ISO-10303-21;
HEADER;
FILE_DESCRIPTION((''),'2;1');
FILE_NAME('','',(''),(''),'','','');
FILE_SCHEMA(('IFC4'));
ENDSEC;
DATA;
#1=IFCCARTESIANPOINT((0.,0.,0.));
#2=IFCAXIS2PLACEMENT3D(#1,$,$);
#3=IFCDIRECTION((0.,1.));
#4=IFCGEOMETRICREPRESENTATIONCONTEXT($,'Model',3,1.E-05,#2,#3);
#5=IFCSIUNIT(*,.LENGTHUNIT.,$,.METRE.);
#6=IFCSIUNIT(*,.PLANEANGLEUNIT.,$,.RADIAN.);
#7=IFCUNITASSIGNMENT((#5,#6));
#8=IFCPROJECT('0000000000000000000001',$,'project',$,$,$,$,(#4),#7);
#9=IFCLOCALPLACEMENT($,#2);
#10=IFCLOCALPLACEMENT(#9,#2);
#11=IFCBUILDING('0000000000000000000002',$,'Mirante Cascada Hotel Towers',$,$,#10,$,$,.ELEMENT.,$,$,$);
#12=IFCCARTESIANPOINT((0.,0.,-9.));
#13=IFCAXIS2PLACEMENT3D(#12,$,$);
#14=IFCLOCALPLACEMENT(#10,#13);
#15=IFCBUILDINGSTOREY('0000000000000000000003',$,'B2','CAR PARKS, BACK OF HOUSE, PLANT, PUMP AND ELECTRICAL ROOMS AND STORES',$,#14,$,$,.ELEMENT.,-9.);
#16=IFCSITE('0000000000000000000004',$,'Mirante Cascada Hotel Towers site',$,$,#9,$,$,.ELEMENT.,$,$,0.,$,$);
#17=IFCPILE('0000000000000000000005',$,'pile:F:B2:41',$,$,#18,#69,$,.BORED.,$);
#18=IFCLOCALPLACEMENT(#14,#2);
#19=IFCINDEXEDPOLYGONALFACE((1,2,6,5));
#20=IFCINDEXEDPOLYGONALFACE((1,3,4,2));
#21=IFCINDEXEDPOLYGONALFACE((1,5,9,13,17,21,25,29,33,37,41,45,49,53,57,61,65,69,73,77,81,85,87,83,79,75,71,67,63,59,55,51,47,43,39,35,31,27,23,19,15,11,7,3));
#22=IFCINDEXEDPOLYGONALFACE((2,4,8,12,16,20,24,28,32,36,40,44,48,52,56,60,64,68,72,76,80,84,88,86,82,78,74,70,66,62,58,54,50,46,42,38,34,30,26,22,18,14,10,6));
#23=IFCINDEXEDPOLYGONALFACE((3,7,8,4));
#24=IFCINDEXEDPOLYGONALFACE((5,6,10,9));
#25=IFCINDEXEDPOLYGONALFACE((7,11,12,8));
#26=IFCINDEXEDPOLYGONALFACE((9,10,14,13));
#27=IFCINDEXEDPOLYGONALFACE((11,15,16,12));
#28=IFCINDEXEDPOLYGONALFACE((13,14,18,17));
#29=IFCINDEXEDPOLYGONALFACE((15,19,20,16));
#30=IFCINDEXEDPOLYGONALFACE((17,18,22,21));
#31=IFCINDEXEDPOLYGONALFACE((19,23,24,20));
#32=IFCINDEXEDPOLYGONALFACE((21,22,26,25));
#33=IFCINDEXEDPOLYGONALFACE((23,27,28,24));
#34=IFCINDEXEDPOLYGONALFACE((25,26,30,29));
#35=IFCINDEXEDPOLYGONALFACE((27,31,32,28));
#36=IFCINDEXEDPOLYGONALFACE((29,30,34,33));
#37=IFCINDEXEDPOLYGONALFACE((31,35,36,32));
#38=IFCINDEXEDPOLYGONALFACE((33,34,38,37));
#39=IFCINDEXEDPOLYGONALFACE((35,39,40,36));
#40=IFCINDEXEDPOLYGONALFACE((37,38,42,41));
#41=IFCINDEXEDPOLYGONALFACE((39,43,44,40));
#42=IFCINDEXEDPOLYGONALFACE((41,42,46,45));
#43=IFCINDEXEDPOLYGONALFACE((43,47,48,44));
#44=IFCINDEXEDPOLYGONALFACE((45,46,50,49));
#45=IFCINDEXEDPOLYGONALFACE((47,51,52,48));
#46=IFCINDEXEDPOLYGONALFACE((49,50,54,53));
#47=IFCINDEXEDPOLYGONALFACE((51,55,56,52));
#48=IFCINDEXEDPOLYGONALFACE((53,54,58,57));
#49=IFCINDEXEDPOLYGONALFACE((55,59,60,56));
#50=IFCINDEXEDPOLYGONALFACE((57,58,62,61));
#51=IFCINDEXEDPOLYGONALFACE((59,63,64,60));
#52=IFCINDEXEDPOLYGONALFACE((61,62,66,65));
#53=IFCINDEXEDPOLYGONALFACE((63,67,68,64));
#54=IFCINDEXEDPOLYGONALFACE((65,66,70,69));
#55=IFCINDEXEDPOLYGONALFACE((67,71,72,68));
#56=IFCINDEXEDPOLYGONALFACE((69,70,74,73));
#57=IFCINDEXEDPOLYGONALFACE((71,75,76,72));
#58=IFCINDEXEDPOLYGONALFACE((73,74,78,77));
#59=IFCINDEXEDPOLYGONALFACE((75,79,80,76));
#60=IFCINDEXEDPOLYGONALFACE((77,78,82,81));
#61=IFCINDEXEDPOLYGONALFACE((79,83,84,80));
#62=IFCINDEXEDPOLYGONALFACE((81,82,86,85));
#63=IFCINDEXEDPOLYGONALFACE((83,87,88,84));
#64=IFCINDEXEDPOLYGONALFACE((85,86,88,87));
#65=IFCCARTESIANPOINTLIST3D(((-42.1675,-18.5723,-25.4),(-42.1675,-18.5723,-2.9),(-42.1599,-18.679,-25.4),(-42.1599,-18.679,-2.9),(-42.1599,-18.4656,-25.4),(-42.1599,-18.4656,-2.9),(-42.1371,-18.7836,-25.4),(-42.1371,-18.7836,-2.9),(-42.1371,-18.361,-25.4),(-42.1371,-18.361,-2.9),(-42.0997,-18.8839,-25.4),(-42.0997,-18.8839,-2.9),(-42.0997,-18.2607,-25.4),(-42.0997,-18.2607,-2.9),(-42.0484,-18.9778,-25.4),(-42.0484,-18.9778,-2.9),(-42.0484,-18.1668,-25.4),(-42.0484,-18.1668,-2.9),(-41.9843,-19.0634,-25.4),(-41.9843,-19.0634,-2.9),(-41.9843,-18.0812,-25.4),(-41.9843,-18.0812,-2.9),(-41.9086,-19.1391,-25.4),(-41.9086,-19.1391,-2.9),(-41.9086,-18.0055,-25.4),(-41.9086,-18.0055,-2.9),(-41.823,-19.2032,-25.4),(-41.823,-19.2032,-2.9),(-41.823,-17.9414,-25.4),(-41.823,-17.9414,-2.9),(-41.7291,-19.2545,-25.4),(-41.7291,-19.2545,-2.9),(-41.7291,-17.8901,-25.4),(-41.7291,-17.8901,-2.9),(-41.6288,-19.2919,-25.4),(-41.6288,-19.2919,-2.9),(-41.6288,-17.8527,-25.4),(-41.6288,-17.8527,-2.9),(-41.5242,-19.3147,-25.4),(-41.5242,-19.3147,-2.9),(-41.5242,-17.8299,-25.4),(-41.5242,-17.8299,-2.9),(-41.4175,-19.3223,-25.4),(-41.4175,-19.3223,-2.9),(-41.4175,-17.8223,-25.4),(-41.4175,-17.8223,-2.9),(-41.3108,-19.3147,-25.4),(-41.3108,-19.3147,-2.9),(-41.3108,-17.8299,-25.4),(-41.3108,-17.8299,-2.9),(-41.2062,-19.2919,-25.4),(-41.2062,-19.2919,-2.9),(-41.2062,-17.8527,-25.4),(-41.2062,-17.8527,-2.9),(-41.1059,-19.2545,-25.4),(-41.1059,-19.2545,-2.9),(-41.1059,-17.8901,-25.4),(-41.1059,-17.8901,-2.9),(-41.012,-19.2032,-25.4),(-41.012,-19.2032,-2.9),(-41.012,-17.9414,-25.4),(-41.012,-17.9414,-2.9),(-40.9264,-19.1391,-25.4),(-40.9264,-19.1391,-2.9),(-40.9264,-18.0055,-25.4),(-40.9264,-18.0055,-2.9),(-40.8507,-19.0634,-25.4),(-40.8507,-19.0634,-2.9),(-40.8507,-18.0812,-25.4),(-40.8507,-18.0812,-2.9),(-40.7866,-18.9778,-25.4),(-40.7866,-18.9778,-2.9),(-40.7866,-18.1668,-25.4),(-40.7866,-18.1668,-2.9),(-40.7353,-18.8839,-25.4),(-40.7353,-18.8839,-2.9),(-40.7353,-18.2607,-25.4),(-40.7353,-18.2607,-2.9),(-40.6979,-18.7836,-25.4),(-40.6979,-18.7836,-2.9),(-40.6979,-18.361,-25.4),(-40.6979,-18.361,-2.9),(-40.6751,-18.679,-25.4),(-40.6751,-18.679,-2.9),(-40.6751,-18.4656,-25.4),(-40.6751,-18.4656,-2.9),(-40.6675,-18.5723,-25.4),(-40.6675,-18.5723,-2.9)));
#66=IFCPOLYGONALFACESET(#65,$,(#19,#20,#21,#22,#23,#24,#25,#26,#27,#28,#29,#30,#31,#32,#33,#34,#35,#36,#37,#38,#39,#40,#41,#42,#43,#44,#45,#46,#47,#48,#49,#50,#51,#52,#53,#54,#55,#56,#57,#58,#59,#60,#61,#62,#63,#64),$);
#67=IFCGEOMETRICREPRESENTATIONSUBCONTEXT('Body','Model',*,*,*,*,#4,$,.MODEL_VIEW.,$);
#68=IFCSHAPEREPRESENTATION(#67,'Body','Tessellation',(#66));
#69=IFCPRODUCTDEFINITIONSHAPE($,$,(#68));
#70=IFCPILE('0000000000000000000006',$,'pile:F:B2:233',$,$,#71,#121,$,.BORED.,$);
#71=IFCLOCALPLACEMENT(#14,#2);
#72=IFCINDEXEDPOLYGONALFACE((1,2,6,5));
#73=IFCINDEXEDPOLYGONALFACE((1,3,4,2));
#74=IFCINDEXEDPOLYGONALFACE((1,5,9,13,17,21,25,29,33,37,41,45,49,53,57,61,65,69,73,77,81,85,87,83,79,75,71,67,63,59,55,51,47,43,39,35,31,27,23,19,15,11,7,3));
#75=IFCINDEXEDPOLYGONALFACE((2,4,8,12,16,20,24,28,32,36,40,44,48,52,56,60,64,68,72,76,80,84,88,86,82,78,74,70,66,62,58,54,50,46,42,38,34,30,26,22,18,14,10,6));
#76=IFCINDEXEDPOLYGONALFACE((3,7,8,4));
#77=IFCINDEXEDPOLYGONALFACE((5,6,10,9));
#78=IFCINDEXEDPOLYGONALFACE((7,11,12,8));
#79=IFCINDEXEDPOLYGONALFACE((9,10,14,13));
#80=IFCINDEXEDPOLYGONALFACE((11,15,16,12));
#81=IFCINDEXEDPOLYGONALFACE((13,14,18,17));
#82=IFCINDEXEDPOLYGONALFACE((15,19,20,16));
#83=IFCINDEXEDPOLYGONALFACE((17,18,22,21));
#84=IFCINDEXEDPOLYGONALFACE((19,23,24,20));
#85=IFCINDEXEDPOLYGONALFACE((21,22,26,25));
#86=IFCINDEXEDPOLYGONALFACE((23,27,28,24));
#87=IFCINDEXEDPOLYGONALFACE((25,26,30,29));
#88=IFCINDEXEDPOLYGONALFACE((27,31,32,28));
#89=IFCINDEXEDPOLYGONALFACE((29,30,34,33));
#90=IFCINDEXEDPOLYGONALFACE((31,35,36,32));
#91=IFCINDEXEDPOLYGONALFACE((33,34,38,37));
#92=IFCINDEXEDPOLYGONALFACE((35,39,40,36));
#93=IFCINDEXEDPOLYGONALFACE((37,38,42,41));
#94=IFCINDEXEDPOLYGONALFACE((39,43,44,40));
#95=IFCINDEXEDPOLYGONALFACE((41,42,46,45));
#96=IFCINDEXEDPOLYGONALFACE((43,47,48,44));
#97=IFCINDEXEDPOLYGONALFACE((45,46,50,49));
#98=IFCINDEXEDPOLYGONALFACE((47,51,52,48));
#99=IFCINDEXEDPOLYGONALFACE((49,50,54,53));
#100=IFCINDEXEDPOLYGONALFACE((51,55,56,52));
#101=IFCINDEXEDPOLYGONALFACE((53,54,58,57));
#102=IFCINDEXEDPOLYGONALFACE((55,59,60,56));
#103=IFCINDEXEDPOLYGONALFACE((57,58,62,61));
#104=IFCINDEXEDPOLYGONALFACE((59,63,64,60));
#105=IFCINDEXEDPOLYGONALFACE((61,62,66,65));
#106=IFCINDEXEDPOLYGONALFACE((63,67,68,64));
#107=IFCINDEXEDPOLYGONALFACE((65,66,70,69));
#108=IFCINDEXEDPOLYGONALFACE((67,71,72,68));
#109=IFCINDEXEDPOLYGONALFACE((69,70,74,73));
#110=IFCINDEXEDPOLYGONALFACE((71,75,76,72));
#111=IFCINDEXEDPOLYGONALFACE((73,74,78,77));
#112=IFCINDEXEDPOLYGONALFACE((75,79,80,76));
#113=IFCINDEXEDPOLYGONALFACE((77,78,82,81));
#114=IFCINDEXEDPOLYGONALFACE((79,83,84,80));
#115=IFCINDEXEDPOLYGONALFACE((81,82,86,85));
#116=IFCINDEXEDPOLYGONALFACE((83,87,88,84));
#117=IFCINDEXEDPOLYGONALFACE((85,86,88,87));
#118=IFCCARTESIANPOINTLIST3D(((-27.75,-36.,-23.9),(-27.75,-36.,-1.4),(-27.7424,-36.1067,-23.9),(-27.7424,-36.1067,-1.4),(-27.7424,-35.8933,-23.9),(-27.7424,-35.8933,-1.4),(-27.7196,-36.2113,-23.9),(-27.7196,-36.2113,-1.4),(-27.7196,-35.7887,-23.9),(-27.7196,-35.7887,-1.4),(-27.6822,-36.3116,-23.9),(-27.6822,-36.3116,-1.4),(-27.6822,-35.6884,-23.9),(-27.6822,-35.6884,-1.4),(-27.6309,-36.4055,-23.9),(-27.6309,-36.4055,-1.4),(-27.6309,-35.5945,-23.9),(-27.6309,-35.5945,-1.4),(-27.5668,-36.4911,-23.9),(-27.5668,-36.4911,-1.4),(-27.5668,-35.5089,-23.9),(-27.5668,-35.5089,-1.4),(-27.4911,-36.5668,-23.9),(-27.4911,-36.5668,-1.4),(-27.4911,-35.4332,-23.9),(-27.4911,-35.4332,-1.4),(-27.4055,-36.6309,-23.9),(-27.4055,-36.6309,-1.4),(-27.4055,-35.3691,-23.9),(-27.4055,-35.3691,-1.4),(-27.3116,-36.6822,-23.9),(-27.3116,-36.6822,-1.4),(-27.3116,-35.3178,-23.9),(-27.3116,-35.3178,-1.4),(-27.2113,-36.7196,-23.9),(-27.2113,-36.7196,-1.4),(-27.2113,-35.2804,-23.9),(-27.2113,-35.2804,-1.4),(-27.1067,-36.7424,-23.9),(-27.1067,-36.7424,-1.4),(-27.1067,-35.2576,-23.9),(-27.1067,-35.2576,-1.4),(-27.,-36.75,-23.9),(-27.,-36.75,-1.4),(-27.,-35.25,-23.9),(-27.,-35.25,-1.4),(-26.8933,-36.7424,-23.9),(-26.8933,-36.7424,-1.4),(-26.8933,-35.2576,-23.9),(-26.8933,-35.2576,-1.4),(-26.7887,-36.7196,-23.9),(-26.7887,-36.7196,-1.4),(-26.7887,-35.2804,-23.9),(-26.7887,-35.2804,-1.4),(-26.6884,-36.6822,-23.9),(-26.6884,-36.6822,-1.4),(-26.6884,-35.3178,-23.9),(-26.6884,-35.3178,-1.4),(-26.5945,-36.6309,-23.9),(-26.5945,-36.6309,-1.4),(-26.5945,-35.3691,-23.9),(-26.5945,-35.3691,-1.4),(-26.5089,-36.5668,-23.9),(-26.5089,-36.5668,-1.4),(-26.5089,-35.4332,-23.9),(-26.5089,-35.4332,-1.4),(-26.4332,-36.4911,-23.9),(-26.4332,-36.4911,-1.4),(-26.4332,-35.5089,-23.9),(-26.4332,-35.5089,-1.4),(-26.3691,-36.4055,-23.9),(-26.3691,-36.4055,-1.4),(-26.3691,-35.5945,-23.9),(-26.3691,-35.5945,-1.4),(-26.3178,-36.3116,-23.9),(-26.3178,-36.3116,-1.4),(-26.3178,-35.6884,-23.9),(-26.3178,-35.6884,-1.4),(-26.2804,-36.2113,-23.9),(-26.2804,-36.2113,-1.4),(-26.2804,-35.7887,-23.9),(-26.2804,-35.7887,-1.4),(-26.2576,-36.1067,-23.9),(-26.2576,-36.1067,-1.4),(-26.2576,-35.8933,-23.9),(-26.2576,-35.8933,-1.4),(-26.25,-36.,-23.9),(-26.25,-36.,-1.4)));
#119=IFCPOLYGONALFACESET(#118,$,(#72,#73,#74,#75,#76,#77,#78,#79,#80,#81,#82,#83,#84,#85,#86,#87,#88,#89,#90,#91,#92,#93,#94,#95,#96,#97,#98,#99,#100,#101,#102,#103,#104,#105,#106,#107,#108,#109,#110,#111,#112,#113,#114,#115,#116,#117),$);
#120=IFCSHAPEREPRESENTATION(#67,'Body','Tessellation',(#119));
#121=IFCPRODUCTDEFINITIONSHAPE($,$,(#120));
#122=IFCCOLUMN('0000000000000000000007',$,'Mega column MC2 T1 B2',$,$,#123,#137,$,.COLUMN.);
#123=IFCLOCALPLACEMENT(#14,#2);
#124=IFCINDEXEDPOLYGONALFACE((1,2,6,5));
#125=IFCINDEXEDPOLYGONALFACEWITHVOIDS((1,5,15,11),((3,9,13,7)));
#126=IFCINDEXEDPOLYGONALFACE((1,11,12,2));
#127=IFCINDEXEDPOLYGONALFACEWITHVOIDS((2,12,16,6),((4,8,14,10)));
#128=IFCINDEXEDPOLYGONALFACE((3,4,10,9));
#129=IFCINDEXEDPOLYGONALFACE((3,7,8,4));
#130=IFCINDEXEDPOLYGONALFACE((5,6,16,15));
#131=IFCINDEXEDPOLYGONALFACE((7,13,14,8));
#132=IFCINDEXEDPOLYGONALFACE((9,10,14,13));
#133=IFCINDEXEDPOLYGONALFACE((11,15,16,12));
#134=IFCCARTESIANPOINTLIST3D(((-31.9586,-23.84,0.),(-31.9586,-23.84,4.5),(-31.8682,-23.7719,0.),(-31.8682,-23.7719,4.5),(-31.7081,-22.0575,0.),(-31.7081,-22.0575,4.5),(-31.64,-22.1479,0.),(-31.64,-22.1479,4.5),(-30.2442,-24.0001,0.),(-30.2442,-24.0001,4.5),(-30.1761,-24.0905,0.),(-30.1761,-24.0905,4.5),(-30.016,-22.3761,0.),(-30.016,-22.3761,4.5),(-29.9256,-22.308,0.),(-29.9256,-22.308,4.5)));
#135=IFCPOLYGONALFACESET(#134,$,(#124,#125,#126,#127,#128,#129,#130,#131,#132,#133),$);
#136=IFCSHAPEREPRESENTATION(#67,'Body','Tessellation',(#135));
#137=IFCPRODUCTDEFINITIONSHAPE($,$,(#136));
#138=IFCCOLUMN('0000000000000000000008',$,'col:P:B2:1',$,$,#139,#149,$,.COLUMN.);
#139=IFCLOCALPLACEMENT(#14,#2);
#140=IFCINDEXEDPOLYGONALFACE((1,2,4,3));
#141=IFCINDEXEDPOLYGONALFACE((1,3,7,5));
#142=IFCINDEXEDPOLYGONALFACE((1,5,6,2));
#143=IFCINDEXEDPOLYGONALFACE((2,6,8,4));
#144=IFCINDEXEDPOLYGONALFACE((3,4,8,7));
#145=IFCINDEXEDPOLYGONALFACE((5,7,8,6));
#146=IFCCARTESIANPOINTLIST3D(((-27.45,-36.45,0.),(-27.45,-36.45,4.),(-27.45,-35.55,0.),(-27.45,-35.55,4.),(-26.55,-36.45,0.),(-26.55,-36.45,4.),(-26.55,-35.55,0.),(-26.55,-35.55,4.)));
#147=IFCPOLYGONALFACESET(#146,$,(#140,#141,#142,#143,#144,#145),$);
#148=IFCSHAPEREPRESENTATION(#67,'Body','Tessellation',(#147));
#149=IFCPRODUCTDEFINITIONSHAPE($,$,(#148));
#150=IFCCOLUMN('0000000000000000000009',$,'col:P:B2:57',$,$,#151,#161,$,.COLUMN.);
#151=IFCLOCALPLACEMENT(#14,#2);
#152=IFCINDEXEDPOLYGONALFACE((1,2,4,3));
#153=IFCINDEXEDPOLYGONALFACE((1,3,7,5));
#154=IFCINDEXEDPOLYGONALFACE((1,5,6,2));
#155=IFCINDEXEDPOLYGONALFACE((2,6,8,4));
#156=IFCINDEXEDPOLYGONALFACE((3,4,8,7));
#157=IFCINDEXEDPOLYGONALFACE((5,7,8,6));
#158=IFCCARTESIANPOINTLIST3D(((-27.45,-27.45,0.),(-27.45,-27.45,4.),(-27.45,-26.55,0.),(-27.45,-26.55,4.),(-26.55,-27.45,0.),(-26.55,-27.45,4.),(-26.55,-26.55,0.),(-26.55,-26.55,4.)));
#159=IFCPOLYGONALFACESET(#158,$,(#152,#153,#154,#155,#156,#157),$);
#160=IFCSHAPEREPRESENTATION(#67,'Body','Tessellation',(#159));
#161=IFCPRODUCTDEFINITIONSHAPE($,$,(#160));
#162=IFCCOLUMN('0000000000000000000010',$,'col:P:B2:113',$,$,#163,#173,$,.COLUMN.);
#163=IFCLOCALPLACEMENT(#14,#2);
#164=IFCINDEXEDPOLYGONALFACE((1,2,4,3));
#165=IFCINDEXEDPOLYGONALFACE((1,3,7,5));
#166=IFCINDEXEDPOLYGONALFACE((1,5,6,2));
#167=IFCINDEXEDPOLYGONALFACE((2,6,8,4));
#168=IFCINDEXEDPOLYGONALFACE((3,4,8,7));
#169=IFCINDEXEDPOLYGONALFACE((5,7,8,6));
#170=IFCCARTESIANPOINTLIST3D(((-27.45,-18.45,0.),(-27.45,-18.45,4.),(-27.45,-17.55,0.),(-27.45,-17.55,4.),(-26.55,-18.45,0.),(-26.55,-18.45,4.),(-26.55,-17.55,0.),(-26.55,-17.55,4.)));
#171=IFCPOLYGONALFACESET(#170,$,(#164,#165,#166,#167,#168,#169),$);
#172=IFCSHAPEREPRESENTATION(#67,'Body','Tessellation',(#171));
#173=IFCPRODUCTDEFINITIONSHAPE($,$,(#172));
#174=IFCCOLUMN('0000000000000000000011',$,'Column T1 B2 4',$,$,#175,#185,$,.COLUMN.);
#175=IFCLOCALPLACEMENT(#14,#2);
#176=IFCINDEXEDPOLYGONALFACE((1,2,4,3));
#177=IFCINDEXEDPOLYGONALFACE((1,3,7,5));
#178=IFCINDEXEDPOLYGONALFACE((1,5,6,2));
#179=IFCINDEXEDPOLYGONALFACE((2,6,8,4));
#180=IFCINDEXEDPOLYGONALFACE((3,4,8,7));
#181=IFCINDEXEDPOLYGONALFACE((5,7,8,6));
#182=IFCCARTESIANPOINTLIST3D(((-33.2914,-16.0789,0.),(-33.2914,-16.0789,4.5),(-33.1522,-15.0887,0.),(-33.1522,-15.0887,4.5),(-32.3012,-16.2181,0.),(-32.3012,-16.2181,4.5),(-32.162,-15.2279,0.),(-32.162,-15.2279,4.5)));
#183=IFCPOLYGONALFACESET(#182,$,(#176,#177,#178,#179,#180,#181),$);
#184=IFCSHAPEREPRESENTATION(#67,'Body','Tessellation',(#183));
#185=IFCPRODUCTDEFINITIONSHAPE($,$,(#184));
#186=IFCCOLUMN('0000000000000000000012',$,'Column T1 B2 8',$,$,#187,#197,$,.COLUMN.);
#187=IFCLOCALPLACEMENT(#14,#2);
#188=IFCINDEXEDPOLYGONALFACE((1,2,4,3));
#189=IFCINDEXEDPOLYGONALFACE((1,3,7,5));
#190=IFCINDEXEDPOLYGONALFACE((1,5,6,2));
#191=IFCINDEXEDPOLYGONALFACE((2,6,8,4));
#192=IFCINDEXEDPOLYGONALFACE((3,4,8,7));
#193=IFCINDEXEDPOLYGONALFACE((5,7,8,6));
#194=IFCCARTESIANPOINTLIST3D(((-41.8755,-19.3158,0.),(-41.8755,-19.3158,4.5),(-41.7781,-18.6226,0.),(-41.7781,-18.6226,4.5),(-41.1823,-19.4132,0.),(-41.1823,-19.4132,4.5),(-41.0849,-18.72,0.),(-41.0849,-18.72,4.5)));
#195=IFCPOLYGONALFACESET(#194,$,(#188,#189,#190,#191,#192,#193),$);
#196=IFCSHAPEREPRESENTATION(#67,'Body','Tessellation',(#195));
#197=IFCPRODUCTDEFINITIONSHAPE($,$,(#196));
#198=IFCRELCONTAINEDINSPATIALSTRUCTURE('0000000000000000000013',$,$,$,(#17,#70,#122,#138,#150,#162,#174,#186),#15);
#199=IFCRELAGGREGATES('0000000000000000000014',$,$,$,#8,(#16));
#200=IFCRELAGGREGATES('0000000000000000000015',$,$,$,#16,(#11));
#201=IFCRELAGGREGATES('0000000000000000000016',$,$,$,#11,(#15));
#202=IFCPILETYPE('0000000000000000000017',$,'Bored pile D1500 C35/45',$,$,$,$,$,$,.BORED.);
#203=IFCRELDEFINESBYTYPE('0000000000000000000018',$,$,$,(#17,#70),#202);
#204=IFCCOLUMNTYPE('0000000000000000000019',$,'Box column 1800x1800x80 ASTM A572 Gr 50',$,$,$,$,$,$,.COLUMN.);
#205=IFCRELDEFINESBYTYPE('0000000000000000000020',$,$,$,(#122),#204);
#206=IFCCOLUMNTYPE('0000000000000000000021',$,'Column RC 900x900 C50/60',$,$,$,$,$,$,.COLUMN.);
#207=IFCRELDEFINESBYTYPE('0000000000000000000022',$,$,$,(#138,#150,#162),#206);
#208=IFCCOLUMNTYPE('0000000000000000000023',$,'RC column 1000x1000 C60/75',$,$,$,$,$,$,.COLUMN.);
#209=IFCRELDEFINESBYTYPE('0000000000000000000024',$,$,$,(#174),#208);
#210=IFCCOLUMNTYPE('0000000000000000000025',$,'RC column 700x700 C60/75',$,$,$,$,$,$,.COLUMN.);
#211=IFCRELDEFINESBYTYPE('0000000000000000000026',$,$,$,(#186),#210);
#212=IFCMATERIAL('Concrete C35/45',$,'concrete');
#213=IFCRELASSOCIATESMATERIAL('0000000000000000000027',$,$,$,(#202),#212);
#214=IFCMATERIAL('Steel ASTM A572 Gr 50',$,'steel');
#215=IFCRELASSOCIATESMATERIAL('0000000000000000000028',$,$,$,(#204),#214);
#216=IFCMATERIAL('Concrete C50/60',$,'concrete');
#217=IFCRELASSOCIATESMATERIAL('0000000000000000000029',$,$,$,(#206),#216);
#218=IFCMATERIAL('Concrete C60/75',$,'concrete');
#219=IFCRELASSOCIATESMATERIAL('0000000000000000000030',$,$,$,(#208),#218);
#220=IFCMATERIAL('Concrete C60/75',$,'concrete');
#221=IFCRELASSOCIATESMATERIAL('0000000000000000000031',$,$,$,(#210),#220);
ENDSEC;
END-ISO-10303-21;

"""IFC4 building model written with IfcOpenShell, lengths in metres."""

from ifc_helpers import new_model, si_unit, direction, frame, origin, origin_2d, place, context, subcontext, project, spatial, rectangle, hollow_rectangle, circle, extrude, material, material_profile, profile_set, type_object, element, save


model = new_model("IFC4")

# Units and contexts
model_context = context("Model", 3, precision=1e-05, world=origin(), true_north=direction((0.0, 1.0)))
body_context = subcontext(model_context, "Body", "Model", "MODEL_VIEW")
ifc_project = project(units=[si_unit("LENGTHUNIT", "METRE"), si_unit("PLANEANGLEUNIT", "RADIAN")], contexts=[model_context])

# Site, building, storey
site_placement = place(None, origin())
site = spatial("IfcSite", under=ifc_project, at=site_placement, Name="Mirante Cascada Hotel Towers site", CompositionType="ELEMENT", RefElevation=0.0)
building_placement = place(site_placement, origin())
building = spatial("IfcBuilding", under=site, at=building_placement, Name="Mirante Cascada Hotel Towers", CompositionType="ELEMENT")
storey_placement = place(building_placement, frame((0.0, 0.0, -9.0)))
storey = spatial("IfcBuildingStorey", under=building, at=storey_placement, Name="B2", Description="CAR PARKS, BACK OF HOUSE, PLANT, PUMP AND ELECTRICAL ROOMS AND STORES", CompositionType="ELEMENT", Elevation=-9.0)

# Piles
ifc_material_1 = material(Name="Concrete C35/45", Category="concrete")
ifc_material_profile_1 = material_profile(ifc_material_1, circle(Radius=0.75, at=origin_2d()), Name="RC D1500")
ifc_profile_set_1 = profile_set([ifc_material_profile_1], Name="Concrete C35/45")
pile_type = type_object("IfcPileType", Name="Bored pile D1500 C35/45", PredefinedType="BORED", material=ifc_profile_set_1)
for number, where, z_axis, x_axis, name in (
    (1, (-41.4175, -18.5723, -2.9), (0.0, 0.0, -1.0), (1.0, 0.0, 0.0), "pile:F:B2:41"),
    (2, (-27.0, -36.0, -1.4), (0.0, 0.0, -1.0), (1.0, 0.0, 0.0), "pile:F:B2:233"),
):
    element("IfcPile", number, at=place(storey_placement, frame(where, z_axis=z_axis, x_axis=x_axis)), inside=storey, type_object=pile_type, Name=name, PredefinedType="BORED", context=body_context, shape_type="SweptSolid", body=[
        extrude(circle(Radius=0.75, at=origin_2d()), origin(), (0.0, 0.0, 1.0), 22.5),
    ])

# Columns
ifc_material_2 = material(Name="Steel ASTM A572 Gr 50", Category="steel")
ifc_material_profile_2 = material_profile(ifc_material_2, hollow_rectangle(XDim=1.8, YDim=1.8, WallThickness=0.08, at=origin_2d()), Name="Box column 1800x1800x80 ASTM A572 Gr 50")
ifc_profile_set_2 = profile_set([ifc_material_profile_2], Name="Steel ASTM A572 Gr 50")
column_type_1 = type_object("IfcColumnType", Name="Box column 1800x1800x80 ASTM A572 Gr 50", PredefinedType="COLUMN", material=ifc_profile_set_2)
column_1_placement = place(storey_placement, frame((-30.9421, -23.074, 0.0), z_axis=(0.0, 0.0, 1.0), x_axis=(-0.990268, 0.139173, 0.0)))
element("IfcColumn", 3, at=column_1_placement, inside=storey, type_object=column_type_1, Name="Mega column MC2 T1 B2", PredefinedType="COLUMN", context=body_context, shape_type="SweptSolid", body=[
    extrude(hollow_rectangle(XDim=1.8, YDim=1.8, WallThickness=0.08, at=origin_2d()), origin(), (0.0, 0.0, 1.0), 4.5),
])
ifc_material_3 = material(Name="Concrete C50/60", Category="concrete")
ifc_material_profile_3 = material_profile(ifc_material_3, rectangle(XDim=0.9, YDim=0.9, at=origin_2d()), Name="RC 900x900")
ifc_profile_set_3 = profile_set([ifc_material_profile_3], Name="Concrete C50/60")
column_type_2 = type_object("IfcColumnType", Name="Column RC 900x900 C50/60", PredefinedType="COLUMN", material=ifc_profile_set_3)
for number, where, z_axis, x_axis, name in (
    (4, (-27.0, -36.0, 0.0), (0.0, 0.0, 1.0), (1.0, 0.0, 0.0), "col:P:B2:1"),
    (5, (-27.0, -27.0, 0.0), (0.0, 0.0, 1.0), (1.0, 0.0, 0.0), "col:P:B2:57"),
    (6, (-27.0, -18.0, 0.0), (0.0, 0.0, 1.0), (1.0, 0.0, 0.0), "col:P:B2:113"),
):
    element("IfcColumn", number, at=place(storey_placement, frame(where, z_axis=z_axis, x_axis=x_axis)), inside=storey, type_object=column_type_2, Name=name, PredefinedType="COLUMN", context=body_context, shape_type="SweptSolid", body=[
        extrude(rectangle(XDim=0.9, YDim=0.9, at=origin_2d()), origin(), (0.0, 0.0, 1.0), 4.0),
    ])
ifc_material_4 = material(Name="Concrete C60/75", Category="concrete")
ifc_material_profile_4 = material_profile(ifc_material_4, rectangle(XDim=1.0, YDim=1.0, at=origin_2d()), Name="RC column 1000x1000 C60/75")
ifc_profile_set_4 = profile_set([ifc_material_profile_4], Name="Concrete C60/75")
column_type_3 = type_object("IfcColumnType", Name="RC column 1000x1000 C60/75", PredefinedType="COLUMN", material=ifc_profile_set_4)
column_2_placement = place(storey_placement, frame((-32.7267, -15.6534, 0.0), z_axis=(0.0, 0.0, 1.0), x_axis=(-0.990268, 0.139173, 0.0)))
element("IfcColumn", 7, at=column_2_placement, inside=storey, type_object=column_type_3, Name="Column T1 B2 4", PredefinedType="COLUMN", context=body_context, shape_type="SweptSolid", body=[
    extrude(rectangle(XDim=1.0, YDim=1.0, at=origin_2d()), origin(), (0.0, 0.0, 1.0), 4.5),
])
ifc_material_5 = material(Name="Concrete C60/75", Category="concrete")
ifc_material_profile_5 = material_profile(ifc_material_5, rectangle(XDim=0.7, YDim=0.7, at=origin_2d()), Name="RC column 700x700 C60/75")
ifc_profile_set_5 = profile_set([ifc_material_profile_5], Name="Concrete C60/75")
column_type_4 = type_object("IfcColumnType", Name="RC column 700x700 C60/75", PredefinedType="COLUMN", material=ifc_profile_set_5)
column_3_placement = place(storey_placement, frame((-41.4802, -19.0179, 0.0), z_axis=(0.0, 0.0, 1.0), x_axis=(-0.990268, 0.139173, 0.0)))
element("IfcColumn", 8, at=column_3_placement, inside=storey, type_object=column_type_4, Name="Column T1 B2 8", PredefinedType="COLUMN", context=body_context, shape_type="SweptSolid", body=[
    extrude(rectangle(XDim=0.7, YDim=0.7, at=origin_2d()), origin(), (0.0, 0.0, 1.0), 4.5),
])

save(model, "model.ifc")
